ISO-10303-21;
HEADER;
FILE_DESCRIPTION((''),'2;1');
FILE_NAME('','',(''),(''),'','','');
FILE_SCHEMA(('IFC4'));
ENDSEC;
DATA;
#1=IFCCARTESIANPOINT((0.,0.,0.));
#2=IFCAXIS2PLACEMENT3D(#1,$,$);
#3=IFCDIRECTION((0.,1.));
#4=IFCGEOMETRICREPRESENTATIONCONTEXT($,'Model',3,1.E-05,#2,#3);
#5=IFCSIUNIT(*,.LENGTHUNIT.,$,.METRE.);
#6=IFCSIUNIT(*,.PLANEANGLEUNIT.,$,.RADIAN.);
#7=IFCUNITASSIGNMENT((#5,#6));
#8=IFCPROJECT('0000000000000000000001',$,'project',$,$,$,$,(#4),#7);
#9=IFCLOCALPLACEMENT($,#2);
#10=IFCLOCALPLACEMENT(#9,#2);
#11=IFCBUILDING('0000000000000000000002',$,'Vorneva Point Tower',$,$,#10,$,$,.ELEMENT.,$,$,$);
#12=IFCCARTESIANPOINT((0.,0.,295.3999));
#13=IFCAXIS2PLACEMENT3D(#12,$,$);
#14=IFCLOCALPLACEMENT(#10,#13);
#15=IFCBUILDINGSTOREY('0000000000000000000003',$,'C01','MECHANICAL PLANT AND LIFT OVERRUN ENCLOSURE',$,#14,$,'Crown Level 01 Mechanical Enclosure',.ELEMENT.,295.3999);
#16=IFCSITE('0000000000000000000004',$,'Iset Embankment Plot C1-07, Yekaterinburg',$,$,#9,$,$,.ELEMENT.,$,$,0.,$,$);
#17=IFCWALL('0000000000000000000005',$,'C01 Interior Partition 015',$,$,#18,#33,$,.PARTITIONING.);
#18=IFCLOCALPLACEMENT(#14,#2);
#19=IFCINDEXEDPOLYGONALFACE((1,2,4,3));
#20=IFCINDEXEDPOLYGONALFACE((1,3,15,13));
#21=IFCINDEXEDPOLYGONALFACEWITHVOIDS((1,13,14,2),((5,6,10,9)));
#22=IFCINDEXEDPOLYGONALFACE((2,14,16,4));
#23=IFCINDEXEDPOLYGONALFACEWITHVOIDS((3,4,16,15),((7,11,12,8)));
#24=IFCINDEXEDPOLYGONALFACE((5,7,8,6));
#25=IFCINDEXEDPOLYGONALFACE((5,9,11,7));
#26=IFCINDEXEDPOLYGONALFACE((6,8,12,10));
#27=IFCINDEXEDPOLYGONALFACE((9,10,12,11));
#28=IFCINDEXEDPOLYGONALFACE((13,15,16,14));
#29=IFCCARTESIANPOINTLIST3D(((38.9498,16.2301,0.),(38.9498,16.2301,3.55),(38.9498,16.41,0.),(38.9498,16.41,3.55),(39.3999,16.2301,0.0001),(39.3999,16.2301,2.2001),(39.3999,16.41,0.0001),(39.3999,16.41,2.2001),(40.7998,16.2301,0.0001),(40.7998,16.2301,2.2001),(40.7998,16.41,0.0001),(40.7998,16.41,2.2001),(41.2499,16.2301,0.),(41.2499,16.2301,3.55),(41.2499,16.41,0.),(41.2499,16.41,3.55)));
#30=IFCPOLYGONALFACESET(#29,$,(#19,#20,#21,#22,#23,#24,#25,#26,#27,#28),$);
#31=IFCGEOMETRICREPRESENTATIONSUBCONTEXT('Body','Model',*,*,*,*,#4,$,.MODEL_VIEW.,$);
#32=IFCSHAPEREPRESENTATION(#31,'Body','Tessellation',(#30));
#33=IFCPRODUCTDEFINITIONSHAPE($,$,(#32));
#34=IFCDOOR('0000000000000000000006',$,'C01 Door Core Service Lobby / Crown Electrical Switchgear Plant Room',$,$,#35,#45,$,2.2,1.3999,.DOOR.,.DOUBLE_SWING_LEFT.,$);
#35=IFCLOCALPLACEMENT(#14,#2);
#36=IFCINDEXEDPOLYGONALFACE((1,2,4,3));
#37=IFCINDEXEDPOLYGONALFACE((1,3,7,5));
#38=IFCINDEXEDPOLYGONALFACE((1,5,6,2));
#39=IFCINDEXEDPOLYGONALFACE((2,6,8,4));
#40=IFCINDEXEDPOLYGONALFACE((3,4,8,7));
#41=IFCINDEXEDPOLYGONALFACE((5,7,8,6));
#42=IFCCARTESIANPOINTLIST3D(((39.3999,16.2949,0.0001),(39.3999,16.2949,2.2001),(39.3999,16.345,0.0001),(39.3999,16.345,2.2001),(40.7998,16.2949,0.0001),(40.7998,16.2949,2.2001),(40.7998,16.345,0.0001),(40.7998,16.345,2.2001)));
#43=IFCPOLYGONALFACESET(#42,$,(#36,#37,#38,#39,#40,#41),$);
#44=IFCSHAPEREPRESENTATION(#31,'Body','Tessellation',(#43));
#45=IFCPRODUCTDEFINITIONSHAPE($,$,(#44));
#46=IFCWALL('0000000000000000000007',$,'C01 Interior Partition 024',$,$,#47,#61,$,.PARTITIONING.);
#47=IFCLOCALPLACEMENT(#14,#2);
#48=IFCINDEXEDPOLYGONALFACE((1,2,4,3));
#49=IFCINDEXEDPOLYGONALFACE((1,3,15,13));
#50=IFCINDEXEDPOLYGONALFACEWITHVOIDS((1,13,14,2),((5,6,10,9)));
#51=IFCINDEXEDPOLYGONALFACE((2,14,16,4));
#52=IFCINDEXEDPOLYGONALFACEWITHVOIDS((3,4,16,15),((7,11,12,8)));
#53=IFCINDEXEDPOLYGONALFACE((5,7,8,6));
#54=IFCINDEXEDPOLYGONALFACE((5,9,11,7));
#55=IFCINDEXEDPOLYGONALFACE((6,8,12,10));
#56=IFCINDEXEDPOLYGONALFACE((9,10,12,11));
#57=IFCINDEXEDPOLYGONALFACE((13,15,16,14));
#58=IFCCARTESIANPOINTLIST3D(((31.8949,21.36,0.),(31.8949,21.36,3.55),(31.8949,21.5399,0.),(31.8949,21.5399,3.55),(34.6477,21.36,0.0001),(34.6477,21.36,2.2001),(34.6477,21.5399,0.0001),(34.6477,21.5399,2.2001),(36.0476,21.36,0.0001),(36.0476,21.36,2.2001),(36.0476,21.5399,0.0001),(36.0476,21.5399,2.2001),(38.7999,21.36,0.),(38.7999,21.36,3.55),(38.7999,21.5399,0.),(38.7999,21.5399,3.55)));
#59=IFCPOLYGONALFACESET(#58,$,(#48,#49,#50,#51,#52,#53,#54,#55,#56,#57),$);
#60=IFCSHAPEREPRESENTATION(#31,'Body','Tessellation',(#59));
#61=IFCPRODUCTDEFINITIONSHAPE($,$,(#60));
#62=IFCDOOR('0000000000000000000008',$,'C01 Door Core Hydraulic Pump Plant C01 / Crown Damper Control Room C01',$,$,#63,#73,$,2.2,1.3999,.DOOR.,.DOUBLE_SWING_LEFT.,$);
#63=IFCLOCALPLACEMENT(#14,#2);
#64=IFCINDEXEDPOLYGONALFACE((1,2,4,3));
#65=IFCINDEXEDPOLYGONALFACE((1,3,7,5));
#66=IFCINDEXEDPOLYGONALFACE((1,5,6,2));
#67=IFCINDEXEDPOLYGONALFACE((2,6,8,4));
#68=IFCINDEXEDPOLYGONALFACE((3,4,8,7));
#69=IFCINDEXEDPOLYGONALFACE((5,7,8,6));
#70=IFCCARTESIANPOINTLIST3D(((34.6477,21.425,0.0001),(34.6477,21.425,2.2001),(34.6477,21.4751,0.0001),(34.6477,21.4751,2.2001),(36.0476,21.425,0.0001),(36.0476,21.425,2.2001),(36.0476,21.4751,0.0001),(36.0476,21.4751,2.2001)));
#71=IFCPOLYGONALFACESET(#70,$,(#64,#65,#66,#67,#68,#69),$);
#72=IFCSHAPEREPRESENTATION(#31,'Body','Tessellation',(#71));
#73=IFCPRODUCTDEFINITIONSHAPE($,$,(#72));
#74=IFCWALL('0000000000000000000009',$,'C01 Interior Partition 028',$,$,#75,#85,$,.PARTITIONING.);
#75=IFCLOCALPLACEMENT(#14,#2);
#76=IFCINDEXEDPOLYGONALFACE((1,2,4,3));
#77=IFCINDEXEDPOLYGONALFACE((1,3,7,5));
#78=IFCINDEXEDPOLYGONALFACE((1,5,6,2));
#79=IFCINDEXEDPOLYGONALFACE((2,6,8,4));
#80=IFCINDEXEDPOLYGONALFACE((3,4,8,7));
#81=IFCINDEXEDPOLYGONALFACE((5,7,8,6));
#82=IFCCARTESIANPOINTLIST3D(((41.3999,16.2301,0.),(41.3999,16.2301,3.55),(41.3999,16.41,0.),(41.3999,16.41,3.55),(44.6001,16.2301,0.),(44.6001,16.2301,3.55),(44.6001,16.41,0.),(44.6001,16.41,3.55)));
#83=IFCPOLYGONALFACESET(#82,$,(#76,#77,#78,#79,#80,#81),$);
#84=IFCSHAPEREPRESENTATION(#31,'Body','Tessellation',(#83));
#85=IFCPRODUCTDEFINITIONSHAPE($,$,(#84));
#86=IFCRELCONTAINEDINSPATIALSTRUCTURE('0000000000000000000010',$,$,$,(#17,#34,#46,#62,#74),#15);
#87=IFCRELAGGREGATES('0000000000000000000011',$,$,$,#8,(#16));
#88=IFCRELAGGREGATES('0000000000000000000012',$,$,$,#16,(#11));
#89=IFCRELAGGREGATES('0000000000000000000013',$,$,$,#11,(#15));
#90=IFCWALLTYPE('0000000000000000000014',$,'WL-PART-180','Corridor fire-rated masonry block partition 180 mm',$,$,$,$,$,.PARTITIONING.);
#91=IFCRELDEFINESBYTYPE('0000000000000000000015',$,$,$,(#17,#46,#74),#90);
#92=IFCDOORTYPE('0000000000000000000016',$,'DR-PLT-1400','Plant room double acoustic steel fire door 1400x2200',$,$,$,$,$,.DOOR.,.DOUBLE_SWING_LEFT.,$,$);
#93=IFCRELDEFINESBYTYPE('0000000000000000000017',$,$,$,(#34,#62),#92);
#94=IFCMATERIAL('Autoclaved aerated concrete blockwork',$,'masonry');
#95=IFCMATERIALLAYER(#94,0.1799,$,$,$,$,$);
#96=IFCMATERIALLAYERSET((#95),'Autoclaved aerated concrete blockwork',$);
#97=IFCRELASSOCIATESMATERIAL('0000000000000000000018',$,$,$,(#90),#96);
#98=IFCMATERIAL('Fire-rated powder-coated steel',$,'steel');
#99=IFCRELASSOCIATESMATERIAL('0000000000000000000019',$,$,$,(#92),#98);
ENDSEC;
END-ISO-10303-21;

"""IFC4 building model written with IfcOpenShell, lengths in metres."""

from ifc_helpers import new_model, si_unit, direction, frame, frame_2d, origin, place, context, subcontext, project, spatial, rectangle, extrude, material, layer, layer_set, type_object, element, fill, save


model = new_model("IFC4")

# Units and contexts
model_context = context("Model", 3, precision=1e-05, world=origin(), true_north=direction((0.0, 1.0)))
body_context = subcontext(model_context, "Body", "Model", "MODEL_VIEW")
ifc_project = project(units=[si_unit("LENGTHUNIT", "METRE"), si_unit("PLANEANGLEUNIT", "RADIAN")], contexts=[model_context])

# Site, building, storey
site_placement = place(None, origin())
site = spatial("IfcSite", under=ifc_project, at=site_placement, Name="Iset Embankment Plot C1-07, Yekaterinburg", CompositionType="ELEMENT", RefElevation=0.0)
building_placement = place(site_placement, origin())
building = spatial("IfcBuilding", under=site, at=building_placement, Name="Vorneva Point Tower", CompositionType="ELEMENT")
storey_placement = place(building_placement, frame((0.0, 0.0, 295.3999)))
storey = spatial("IfcBuildingStorey", under=building, at=storey_placement, Name="C01", Description="MECHANICAL PLANT AND LIFT OVERRUN ENCLOSURE", LongName="Crown Level 01 Mechanical Enclosure", CompositionType="ELEMENT", Elevation=295.3999)

# Shared definitions
ifc_material_1 = material(Name="Autoclaved aerated concrete blockwork", Category="masonry")
ifc_layer = layer(ifc_material_1, 0.1799)
ifc_layer_set = layer_set([ifc_layer], Name="Autoclaved aerated concrete blockwork")
wall_type = type_object("IfcWallType", Name="WL-PART-180", Description="Corridor fire-rated masonry block partition 180 mm", PredefinedType="PARTITIONING", material=ifc_layer_set)

# Walls, openings, doors
ifc_material_2 = material(Name="Fire-rated powder-coated steel", Category="steel")
door_type_1 = type_object("IfcDoorType", Name="DR-PLT-1400", Description="Plant room double acoustic steel fire door 1400x2200", OperationType="DOUBLE_SWING_LEFT", PredefinedType="DOOR", material=ifc_material_2)
wall_1_placement = place(storey_placement, frame((38.95, 16.3201, 0.0), z_axis=(0.0, 0.0, 1.0), x_axis=(1.0, 0.0, 0.0)))
wall_1 = element("IfcWall", 1, at=wall_1_placement, inside=storey, type_object=wall_type, Name="C01 Interior Partition 015", PredefinedType="PARTITIONING", context=body_context, shape_type="SweptSolid", body=[
    extrude(rectangle(XDim=2.3, YDim=0.1799, at=frame_2d((1.1499, 0.0))), origin(), (0.0, 0.0, 1.0), 3.55),
])
opening_1_placement = place(wall_1_placement, frame((0.45, 0.0, 0.0)))
opening_1 = element("IfcOpeningElement", 2, at=opening_1_placement, cuts=wall_1, PredefinedType="OPENING", context=body_context, shape_type="SweptSolid", body=[
    extrude(rectangle(XDim=1.3999, YDim=2.2, at=frame_2d((0.7, 1.1001))), frame((0.0, 0.105, 0.0), z_axis=(0.0, -1.0, 0.0), x_axis=(1.0, 0.0, 0.0)), (0.0, 0.0, 1.0), 0.2097),
])
door_1_placement = place(opening_1_placement, origin())
door_1 = element("IfcDoor", 3, at=door_1_placement, inside=storey, type_object=door_type_1, Name="C01 Door Core Service Lobby / Crown Electrical Switchgear Plant Room", OperationType="DOUBLE_SWING_LEFT", OverallHeight=2.2, OverallWidth=1.3999, PredefinedType="DOOR", context=body_context, shape_type="SweptSolid", body=[
    extrude(rectangle(XDim=1.3999, YDim=2.2, at=frame_2d((0.7, 1.1001))), frame((0.0, 0.0249, 0.0), z_axis=(0.0, -1.0, 0.0), x_axis=(1.0, 0.0, 0.0)), (0.0, 0.0, 1.0), 0.05),
])
fill(opening_1, door_1)
wall_2_placement = place(storey_placement, frame((38.8, 21.45, 0.0), z_axis=(0.0, 0.0, 1.0), x_axis=(-1.0, 0.0, 0.0)))
wall_2 = element("IfcWall", 4, at=wall_2_placement, inside=storey, type_object=wall_type, Name="C01 Interior Partition 024", PredefinedType="PARTITIONING", context=body_context, shape_type="SweptSolid", body=[
    extrude(rectangle(XDim=6.905, YDim=0.1799, at=frame_2d((3.4526, 0.0))), origin(), (0.0, 0.0, 1.0), 3.55),
])
opening_2_placement = place(wall_2_placement, frame((2.7524, 0.0, 0.0)))
opening_2 = element("IfcOpeningElement", 5, at=opening_2_placement, cuts=wall_2, PredefinedType="OPENING", context=body_context, shape_type="SweptSolid", body=[
    extrude(rectangle(XDim=1.3999, YDim=2.2, at=frame_2d((0.7, 1.1001))), frame((0.0, 0.105, 0.0), z_axis=(0.0, -1.0, 0.0), x_axis=(1.0, 0.0, 0.0)), (0.0, 0.0, 1.0), 0.2097),
])
door_2_placement = place(opening_2_placement, origin())
door_2 = element("IfcDoor", 6, at=door_2_placement, inside=storey, type_object=door_type_1, Name="C01 Door Core Hydraulic Pump Plant C01 / Crown Damper Control Room C01", OperationType="DOUBLE_SWING_LEFT", OverallHeight=2.2, OverallWidth=1.3999, PredefinedType="DOOR", context=body_context, shape_type="SweptSolid", body=[
    extrude(rectangle(XDim=1.3999, YDim=2.2, at=frame_2d((0.7, 1.1001))), frame((0.0, 0.0249, 0.0), z_axis=(0.0, -1.0, 0.0), x_axis=(1.0, 0.0, 0.0)), (0.0, 0.0, 1.0), 0.05),
])
fill(opening_2, door_2)

# Wall
wall_3_placement = place(storey_placement, frame((41.3999, 16.3201, 0.0), z_axis=(0.0, 0.0, 1.0), x_axis=(1.0, 0.0, 0.0)))
element("IfcWall", 7, at=wall_3_placement, inside=storey, type_object=wall_type, Name="C01 Interior Partition 028", PredefinedType="PARTITIONING", context=body_context, shape_type="SweptSolid", body=[
    extrude(rectangle(XDim=3.2002, YDim=0.1799, at=frame_2d((1.6001, 0.0))), origin(), (0.0, 0.0, 1.0), 3.55),
])

save(model, "model.ifc")
